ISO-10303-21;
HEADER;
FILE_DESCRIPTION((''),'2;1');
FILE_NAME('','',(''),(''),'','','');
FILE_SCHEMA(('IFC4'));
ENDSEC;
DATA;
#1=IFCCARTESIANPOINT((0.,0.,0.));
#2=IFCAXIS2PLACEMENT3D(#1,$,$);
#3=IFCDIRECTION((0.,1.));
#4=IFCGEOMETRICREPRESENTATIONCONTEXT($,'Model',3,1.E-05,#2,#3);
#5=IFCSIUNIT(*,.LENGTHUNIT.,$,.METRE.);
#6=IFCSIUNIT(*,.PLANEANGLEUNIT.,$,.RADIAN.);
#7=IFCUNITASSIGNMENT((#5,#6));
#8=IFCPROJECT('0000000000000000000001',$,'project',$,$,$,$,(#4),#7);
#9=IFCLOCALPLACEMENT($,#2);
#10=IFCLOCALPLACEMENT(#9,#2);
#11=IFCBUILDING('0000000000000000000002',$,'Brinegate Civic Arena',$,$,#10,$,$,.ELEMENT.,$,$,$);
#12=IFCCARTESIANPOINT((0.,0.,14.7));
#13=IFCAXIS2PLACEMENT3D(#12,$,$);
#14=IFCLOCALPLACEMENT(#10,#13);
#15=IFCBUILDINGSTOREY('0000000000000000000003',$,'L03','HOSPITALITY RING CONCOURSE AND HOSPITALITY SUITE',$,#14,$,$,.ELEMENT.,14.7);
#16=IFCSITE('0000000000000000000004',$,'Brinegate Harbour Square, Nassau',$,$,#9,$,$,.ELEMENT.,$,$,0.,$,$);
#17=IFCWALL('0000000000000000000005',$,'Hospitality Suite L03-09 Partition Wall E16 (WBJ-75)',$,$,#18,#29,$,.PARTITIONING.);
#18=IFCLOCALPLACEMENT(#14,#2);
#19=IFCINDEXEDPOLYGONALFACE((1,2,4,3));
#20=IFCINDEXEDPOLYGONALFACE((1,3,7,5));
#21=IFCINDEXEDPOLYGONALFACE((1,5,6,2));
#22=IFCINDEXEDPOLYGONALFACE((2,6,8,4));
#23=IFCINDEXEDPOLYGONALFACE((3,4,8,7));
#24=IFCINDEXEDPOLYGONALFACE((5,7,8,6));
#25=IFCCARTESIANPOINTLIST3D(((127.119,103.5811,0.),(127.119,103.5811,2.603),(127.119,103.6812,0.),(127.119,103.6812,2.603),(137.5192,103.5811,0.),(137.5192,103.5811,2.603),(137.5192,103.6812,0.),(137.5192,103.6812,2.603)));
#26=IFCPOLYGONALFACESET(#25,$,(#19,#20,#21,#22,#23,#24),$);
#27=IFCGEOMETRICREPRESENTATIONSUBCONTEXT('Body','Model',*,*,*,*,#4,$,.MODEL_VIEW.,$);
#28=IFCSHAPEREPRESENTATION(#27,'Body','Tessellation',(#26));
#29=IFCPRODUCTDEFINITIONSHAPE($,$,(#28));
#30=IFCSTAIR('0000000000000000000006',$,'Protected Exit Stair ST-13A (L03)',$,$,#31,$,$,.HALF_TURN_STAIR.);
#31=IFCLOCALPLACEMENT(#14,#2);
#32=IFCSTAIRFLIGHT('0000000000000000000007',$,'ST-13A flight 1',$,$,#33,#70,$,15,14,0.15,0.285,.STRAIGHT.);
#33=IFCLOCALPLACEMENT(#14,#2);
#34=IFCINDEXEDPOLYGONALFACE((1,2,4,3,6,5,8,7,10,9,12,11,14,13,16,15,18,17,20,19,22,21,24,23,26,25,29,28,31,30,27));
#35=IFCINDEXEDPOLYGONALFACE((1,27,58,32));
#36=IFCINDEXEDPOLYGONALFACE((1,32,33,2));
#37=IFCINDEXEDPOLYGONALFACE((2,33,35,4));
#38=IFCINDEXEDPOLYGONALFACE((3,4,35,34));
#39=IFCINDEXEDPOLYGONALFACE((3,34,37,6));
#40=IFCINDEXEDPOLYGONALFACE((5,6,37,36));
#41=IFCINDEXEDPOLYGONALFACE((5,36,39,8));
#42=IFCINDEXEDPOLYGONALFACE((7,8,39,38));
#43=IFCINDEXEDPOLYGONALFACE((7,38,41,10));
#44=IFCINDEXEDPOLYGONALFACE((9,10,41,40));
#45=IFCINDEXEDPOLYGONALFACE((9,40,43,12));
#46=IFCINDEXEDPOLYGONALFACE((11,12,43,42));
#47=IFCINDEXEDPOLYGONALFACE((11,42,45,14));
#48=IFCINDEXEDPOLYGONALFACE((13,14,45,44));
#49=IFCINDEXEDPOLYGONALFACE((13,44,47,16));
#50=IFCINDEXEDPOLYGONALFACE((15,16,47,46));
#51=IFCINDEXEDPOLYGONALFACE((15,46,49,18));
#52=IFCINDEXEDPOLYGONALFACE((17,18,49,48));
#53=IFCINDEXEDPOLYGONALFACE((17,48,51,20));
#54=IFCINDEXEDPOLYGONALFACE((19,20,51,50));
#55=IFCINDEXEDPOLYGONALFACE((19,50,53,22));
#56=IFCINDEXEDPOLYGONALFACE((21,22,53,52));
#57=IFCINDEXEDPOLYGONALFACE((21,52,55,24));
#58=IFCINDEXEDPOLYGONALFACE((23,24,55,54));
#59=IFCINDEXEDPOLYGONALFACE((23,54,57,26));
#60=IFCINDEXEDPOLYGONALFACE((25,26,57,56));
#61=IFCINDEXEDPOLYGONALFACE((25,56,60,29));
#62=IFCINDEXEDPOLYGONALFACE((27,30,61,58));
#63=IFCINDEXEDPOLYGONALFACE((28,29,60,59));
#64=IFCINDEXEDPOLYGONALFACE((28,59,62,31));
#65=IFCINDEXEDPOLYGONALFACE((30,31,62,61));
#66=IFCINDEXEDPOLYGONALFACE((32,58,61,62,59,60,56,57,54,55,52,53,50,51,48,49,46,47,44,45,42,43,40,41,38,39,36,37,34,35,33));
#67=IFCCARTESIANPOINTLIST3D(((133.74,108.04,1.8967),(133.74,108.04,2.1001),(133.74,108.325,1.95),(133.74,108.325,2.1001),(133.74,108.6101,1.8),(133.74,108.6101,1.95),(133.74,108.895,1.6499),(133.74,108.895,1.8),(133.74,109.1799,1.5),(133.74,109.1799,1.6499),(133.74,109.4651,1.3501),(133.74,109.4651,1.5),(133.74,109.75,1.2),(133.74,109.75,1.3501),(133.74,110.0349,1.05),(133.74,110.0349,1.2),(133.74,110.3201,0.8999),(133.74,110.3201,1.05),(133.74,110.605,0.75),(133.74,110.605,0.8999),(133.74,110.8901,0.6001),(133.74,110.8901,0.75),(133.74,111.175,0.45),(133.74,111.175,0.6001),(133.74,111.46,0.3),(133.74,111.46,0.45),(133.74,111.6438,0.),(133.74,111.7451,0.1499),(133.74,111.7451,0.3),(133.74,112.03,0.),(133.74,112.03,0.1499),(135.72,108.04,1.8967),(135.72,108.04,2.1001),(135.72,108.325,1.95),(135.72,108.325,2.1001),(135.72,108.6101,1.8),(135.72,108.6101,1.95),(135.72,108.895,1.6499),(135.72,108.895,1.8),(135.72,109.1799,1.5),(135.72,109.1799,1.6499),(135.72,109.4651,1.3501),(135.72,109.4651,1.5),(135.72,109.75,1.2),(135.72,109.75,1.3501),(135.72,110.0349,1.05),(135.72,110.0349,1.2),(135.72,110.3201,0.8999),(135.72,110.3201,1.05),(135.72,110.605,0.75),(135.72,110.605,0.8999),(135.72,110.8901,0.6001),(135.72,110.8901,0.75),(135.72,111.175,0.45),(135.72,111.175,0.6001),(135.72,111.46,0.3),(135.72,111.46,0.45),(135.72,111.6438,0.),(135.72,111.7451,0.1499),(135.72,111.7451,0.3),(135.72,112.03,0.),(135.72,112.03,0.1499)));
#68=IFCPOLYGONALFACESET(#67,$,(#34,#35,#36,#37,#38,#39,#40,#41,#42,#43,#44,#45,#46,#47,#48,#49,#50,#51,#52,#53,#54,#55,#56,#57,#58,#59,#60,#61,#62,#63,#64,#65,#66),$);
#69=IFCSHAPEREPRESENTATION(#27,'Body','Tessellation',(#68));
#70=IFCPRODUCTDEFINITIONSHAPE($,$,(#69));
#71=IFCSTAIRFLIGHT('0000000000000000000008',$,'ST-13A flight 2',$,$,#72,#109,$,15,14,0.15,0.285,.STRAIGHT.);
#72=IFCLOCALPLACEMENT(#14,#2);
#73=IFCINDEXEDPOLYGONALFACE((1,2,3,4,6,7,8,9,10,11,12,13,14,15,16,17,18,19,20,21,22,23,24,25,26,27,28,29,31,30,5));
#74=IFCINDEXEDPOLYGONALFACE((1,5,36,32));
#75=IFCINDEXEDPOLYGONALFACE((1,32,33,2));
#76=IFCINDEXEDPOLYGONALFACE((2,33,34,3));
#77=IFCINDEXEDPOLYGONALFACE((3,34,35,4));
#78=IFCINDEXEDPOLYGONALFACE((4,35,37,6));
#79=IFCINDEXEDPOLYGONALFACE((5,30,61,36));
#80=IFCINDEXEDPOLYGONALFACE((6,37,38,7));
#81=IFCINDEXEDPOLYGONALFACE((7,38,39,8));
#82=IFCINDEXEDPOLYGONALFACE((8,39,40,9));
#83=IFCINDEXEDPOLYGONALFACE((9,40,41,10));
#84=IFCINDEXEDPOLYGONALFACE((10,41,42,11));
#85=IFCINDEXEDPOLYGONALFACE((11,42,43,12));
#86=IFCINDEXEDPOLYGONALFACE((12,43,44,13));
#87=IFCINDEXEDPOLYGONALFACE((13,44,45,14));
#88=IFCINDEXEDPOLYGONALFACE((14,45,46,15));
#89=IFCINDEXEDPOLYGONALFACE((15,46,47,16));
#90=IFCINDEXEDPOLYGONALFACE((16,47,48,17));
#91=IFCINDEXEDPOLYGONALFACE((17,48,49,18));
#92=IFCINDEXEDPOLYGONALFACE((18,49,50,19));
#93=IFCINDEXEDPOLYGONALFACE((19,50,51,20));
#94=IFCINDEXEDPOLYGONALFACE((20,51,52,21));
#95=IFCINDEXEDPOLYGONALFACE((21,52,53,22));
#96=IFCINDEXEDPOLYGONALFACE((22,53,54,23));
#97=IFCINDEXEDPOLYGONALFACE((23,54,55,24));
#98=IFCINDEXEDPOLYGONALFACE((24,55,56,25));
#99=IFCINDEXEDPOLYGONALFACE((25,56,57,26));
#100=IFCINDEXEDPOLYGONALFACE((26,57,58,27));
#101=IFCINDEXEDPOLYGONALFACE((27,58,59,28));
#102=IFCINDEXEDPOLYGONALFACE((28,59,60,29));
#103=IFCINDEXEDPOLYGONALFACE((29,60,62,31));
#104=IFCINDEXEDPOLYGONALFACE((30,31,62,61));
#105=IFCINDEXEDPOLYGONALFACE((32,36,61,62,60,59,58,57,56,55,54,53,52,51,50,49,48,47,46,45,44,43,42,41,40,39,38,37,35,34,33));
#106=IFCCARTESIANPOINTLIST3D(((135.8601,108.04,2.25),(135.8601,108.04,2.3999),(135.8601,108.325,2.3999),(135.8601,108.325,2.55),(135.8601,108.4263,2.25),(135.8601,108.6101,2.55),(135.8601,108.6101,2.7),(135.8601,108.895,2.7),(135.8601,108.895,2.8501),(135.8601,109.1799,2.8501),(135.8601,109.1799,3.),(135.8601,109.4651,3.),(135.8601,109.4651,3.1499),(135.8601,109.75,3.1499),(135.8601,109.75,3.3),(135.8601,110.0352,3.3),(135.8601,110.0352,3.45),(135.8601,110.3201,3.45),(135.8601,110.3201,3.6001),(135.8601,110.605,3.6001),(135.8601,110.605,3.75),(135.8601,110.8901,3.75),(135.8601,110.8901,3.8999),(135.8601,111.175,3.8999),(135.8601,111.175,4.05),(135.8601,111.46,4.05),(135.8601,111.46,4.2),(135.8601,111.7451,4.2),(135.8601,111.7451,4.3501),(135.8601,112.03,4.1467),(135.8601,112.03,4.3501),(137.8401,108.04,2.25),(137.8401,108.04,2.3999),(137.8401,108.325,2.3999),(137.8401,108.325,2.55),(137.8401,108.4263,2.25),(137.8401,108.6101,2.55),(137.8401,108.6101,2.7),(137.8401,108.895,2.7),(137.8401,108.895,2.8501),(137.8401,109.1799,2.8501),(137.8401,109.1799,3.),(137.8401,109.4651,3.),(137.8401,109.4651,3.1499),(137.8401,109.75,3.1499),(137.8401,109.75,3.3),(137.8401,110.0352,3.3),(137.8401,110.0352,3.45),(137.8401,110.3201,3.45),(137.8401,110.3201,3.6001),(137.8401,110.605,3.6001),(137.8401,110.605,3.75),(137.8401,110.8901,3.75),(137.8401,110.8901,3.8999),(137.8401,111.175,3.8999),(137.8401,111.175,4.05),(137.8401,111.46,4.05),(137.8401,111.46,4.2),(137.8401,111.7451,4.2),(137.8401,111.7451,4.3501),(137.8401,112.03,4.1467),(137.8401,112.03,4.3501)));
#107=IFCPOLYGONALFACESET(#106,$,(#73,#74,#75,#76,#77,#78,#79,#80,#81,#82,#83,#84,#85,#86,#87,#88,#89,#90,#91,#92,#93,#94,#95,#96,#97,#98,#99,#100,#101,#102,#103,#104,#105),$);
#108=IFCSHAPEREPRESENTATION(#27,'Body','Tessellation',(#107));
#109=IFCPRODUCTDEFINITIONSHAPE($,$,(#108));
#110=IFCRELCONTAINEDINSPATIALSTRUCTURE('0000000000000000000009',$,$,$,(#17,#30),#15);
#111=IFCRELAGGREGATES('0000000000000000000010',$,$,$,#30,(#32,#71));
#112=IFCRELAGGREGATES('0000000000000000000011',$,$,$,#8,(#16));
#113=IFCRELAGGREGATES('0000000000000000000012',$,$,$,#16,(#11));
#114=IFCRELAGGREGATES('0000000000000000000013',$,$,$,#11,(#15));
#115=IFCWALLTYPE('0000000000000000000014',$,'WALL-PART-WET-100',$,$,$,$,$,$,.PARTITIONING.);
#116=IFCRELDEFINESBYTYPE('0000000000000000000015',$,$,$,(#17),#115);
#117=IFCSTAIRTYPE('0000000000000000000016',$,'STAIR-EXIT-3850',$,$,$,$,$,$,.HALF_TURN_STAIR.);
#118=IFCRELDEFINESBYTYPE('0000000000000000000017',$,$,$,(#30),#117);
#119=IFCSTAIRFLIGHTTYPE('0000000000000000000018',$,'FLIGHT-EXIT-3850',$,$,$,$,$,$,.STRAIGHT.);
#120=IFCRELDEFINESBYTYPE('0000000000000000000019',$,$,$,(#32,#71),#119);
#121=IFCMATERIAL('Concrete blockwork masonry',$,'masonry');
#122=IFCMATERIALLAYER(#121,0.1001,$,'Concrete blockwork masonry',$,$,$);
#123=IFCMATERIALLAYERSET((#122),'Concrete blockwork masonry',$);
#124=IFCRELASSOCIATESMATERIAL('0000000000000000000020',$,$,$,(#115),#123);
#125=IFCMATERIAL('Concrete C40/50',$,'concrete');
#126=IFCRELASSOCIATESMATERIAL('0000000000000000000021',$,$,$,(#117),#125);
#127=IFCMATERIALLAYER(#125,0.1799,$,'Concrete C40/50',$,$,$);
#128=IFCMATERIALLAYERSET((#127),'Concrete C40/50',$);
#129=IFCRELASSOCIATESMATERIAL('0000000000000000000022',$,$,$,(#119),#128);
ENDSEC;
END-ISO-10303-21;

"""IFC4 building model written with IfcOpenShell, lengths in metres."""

from ifc_helpers import new_model, si_unit, direction, frame, frame_2d, origin, place, context, subcontext, project, spatial, polyline, rectangle, outline, extrude, material, layer, layer_set, type_object, element, aggregate, save


model = new_model("IFC4")

# Units and contexts
model_context = context("Model", 3, precision=1e-05, world=origin(), true_north=direction((0.0, 1.0)))
body_context = subcontext(model_context, "Body", "Model", "MODEL_VIEW")
ifc_project = project(units=[si_unit("LENGTHUNIT", "METRE"), si_unit("PLANEANGLEUNIT", "RADIAN")], contexts=[model_context])

# Site, building, storey
site_placement = place(None, origin())
site = spatial("IfcSite", under=ifc_project, at=site_placement, Name="Brinegate Harbour Square, Nassau", CompositionType="ELEMENT", RefElevation=0.0)
building_placement = place(site_placement, origin())
building = spatial("IfcBuilding", under=site, at=building_placement, Name="Brinegate Civic Arena", CompositionType="ELEMENT")
storey_placement = place(building_placement, frame((0.0, 0.0, 14.7)))
storey = spatial("IfcBuildingStorey", under=building, at=storey_placement, Name="L03", Description="HOSPITALITY RING CONCOURSE AND HOSPITALITY SUITE", CompositionType="ELEMENT", Elevation=14.7)

# Shared definitions
ifc_material_1 = material(Name="Concrete blockwork masonry", Category="masonry")
ifc_layer_1 = layer(ifc_material_1, 0.1001, Name="Concrete blockwork masonry")
ifc_layer_set_1 = layer_set([ifc_layer_1], Name="Concrete blockwork masonry")
wall_type_1 = type_object("IfcWallType", Name="WALL-PART-WET-100", PredefinedType="PARTITIONING", material=ifc_layer_set_1)

# Wall
wall_1_placement = place(storey_placement, frame((127.1189, 103.6311, 0.0), z_axis=(0.0, 0.0, 1.0), x_axis=(1.0, 0.0, 0.0)))
element("IfcWall", 1, at=wall_1_placement, inside=storey, type_object=wall_type_1, Name="Hospitality Suite L03-09 Partition Wall E16 (WBJ-75)", PredefinedType="PARTITIONING", context=body_context, shape_type="SweptSolid", body=[
    extrude(rectangle(XDim=10.4001, YDim=0.1001, at=frame_2d((5.2002, 0.0))), origin(), (0.0, 0.0, 1.0), 2.603),
])

# Stair, stair flights
ifc_material_2 = material(Name="Concrete C40/50", Category="concrete")
stair_type = type_object("IfcStairType", Name="STAIR-EXIT-3850", PredefinedType="HALF_TURN_STAIR", material=ifc_material_2)
stair_placement = place(storey_placement, origin())
stair = element("IfcStair", 2, at=stair_placement, inside=storey, type_object=stair_type, Name="Protected Exit Stair ST-13A (L03)", PredefinedType="HALF_TURN_STAIR")
ifc_layer_2 = layer(ifc_material_2, 0.1799, Name="Concrete C40/50")
ifc_layer_set_2 = layer_set([ifc_layer_2], Name="Concrete C40/50")
stair_flight_type = type_object("IfcStairFlightType", Name="FLIGHT-EXIT-3850", PredefinedType="STRAIGHT", material=ifc_layer_set_2)
stair_flight_1_placement = place(storey_placement, frame((134.73, 112.03, 0.0), z_axis=(0.0, 0.0, 1.0), x_axis=(0.0, -1.0, 0.0)))
stair_flight_1 = element("IfcStairFlight", 3, at=stair_flight_1_placement, type_object=stair_flight_type, Name="ST-13A flight 1", NumberOfRisers=15, NumberOfTreads=14, PredefinedType="STRAIGHT", RiserHeight=0.15, TreadLength=0.285, context=body_context, shape_type="SweptSolid", body=[
    extrude(outline(polyline([(0.0, 0.0), (0.0, 0.1499), (0.2849, 0.1499), (0.2849, 0.3), (0.5701, 0.3), (0.5701, 0.45), (0.855, 0.45), (0.855, 0.6001), (1.1399, 0.6001), (1.1399, 0.75), (1.425, 0.75), (1.425, 0.8999), (1.71, 0.8999), (1.71, 1.05), (1.9951, 1.05), (1.9951, 1.2), (2.28, 1.2), (2.28, 1.3501), (2.5649, 1.3501), (2.5649, 1.5), (2.8501, 1.5), (2.8501, 1.6499), (3.135, 1.6499), (3.135, 1.8), (3.4199, 1.8), (3.4199, 1.95), (3.7051, 1.95), (3.7051, 2.1001), (3.99, 2.1001), (3.99, 2.25), (3.99, 1.8967), (0.3862, 0.0), (0.0, 0.0)])), frame((0.0, 0.99, 0.0), z_axis=(0.0, -1.0, 0.0), x_axis=(1.0, 0.0, 0.0)), (0.0, 0.0, 1.0), 1.98),
])
stair_flight_2_placement = place(storey_placement, frame((136.8501, 108.04, 2.25), z_axis=(0.0, 0.0, 1.0), x_axis=(0.0, 1.0, 0.0)))
stair_flight_2 = element("IfcStairFlight", 4, at=stair_flight_2_placement, type_object=stair_flight_type, Name="ST-13A flight 2", NumberOfRisers=15, NumberOfTreads=14, PredefinedType="STRAIGHT", RiserHeight=0.15, TreadLength=0.285, context=body_context, shape_type="SweptSolid", body=[
    extrude(outline(polyline([(0.0, 0.0), (0.0, 0.1499), (0.2849, 0.1499), (0.2849, 0.3), (0.5701, 0.3), (0.5701, 0.45), (0.855, 0.45), (0.855, 0.6001), (1.1399, 0.6001), (1.1399, 0.75), (1.425, 0.75), (1.425, 0.8999), (1.71, 0.8999), (1.71, 1.05), (1.9951, 1.05), (1.9951, 1.2), (2.28, 1.2), (2.28, 1.3501), (2.5649, 1.3501), (2.5649, 1.5), (2.8501, 1.5), (2.8501, 1.6499), (3.135, 1.6499), (3.135, 1.8), (3.4199, 1.8), (3.4199, 1.95), (3.7051, 1.95), (3.7051, 2.1001), (3.99, 2.1001), (3.99, 2.25), (3.99, 1.8967), (0.3862, 0.0), (0.0, 0.0)])), frame((0.0, 0.99, 0.0), z_axis=(0.0, -1.0, 0.0), x_axis=(1.0, 0.0, 0.0)), (0.0, 0.0, 1.0), 1.98),
])
aggregate(stair, [stair_flight_1, stair_flight_2])

save(model, "model.ifc")
